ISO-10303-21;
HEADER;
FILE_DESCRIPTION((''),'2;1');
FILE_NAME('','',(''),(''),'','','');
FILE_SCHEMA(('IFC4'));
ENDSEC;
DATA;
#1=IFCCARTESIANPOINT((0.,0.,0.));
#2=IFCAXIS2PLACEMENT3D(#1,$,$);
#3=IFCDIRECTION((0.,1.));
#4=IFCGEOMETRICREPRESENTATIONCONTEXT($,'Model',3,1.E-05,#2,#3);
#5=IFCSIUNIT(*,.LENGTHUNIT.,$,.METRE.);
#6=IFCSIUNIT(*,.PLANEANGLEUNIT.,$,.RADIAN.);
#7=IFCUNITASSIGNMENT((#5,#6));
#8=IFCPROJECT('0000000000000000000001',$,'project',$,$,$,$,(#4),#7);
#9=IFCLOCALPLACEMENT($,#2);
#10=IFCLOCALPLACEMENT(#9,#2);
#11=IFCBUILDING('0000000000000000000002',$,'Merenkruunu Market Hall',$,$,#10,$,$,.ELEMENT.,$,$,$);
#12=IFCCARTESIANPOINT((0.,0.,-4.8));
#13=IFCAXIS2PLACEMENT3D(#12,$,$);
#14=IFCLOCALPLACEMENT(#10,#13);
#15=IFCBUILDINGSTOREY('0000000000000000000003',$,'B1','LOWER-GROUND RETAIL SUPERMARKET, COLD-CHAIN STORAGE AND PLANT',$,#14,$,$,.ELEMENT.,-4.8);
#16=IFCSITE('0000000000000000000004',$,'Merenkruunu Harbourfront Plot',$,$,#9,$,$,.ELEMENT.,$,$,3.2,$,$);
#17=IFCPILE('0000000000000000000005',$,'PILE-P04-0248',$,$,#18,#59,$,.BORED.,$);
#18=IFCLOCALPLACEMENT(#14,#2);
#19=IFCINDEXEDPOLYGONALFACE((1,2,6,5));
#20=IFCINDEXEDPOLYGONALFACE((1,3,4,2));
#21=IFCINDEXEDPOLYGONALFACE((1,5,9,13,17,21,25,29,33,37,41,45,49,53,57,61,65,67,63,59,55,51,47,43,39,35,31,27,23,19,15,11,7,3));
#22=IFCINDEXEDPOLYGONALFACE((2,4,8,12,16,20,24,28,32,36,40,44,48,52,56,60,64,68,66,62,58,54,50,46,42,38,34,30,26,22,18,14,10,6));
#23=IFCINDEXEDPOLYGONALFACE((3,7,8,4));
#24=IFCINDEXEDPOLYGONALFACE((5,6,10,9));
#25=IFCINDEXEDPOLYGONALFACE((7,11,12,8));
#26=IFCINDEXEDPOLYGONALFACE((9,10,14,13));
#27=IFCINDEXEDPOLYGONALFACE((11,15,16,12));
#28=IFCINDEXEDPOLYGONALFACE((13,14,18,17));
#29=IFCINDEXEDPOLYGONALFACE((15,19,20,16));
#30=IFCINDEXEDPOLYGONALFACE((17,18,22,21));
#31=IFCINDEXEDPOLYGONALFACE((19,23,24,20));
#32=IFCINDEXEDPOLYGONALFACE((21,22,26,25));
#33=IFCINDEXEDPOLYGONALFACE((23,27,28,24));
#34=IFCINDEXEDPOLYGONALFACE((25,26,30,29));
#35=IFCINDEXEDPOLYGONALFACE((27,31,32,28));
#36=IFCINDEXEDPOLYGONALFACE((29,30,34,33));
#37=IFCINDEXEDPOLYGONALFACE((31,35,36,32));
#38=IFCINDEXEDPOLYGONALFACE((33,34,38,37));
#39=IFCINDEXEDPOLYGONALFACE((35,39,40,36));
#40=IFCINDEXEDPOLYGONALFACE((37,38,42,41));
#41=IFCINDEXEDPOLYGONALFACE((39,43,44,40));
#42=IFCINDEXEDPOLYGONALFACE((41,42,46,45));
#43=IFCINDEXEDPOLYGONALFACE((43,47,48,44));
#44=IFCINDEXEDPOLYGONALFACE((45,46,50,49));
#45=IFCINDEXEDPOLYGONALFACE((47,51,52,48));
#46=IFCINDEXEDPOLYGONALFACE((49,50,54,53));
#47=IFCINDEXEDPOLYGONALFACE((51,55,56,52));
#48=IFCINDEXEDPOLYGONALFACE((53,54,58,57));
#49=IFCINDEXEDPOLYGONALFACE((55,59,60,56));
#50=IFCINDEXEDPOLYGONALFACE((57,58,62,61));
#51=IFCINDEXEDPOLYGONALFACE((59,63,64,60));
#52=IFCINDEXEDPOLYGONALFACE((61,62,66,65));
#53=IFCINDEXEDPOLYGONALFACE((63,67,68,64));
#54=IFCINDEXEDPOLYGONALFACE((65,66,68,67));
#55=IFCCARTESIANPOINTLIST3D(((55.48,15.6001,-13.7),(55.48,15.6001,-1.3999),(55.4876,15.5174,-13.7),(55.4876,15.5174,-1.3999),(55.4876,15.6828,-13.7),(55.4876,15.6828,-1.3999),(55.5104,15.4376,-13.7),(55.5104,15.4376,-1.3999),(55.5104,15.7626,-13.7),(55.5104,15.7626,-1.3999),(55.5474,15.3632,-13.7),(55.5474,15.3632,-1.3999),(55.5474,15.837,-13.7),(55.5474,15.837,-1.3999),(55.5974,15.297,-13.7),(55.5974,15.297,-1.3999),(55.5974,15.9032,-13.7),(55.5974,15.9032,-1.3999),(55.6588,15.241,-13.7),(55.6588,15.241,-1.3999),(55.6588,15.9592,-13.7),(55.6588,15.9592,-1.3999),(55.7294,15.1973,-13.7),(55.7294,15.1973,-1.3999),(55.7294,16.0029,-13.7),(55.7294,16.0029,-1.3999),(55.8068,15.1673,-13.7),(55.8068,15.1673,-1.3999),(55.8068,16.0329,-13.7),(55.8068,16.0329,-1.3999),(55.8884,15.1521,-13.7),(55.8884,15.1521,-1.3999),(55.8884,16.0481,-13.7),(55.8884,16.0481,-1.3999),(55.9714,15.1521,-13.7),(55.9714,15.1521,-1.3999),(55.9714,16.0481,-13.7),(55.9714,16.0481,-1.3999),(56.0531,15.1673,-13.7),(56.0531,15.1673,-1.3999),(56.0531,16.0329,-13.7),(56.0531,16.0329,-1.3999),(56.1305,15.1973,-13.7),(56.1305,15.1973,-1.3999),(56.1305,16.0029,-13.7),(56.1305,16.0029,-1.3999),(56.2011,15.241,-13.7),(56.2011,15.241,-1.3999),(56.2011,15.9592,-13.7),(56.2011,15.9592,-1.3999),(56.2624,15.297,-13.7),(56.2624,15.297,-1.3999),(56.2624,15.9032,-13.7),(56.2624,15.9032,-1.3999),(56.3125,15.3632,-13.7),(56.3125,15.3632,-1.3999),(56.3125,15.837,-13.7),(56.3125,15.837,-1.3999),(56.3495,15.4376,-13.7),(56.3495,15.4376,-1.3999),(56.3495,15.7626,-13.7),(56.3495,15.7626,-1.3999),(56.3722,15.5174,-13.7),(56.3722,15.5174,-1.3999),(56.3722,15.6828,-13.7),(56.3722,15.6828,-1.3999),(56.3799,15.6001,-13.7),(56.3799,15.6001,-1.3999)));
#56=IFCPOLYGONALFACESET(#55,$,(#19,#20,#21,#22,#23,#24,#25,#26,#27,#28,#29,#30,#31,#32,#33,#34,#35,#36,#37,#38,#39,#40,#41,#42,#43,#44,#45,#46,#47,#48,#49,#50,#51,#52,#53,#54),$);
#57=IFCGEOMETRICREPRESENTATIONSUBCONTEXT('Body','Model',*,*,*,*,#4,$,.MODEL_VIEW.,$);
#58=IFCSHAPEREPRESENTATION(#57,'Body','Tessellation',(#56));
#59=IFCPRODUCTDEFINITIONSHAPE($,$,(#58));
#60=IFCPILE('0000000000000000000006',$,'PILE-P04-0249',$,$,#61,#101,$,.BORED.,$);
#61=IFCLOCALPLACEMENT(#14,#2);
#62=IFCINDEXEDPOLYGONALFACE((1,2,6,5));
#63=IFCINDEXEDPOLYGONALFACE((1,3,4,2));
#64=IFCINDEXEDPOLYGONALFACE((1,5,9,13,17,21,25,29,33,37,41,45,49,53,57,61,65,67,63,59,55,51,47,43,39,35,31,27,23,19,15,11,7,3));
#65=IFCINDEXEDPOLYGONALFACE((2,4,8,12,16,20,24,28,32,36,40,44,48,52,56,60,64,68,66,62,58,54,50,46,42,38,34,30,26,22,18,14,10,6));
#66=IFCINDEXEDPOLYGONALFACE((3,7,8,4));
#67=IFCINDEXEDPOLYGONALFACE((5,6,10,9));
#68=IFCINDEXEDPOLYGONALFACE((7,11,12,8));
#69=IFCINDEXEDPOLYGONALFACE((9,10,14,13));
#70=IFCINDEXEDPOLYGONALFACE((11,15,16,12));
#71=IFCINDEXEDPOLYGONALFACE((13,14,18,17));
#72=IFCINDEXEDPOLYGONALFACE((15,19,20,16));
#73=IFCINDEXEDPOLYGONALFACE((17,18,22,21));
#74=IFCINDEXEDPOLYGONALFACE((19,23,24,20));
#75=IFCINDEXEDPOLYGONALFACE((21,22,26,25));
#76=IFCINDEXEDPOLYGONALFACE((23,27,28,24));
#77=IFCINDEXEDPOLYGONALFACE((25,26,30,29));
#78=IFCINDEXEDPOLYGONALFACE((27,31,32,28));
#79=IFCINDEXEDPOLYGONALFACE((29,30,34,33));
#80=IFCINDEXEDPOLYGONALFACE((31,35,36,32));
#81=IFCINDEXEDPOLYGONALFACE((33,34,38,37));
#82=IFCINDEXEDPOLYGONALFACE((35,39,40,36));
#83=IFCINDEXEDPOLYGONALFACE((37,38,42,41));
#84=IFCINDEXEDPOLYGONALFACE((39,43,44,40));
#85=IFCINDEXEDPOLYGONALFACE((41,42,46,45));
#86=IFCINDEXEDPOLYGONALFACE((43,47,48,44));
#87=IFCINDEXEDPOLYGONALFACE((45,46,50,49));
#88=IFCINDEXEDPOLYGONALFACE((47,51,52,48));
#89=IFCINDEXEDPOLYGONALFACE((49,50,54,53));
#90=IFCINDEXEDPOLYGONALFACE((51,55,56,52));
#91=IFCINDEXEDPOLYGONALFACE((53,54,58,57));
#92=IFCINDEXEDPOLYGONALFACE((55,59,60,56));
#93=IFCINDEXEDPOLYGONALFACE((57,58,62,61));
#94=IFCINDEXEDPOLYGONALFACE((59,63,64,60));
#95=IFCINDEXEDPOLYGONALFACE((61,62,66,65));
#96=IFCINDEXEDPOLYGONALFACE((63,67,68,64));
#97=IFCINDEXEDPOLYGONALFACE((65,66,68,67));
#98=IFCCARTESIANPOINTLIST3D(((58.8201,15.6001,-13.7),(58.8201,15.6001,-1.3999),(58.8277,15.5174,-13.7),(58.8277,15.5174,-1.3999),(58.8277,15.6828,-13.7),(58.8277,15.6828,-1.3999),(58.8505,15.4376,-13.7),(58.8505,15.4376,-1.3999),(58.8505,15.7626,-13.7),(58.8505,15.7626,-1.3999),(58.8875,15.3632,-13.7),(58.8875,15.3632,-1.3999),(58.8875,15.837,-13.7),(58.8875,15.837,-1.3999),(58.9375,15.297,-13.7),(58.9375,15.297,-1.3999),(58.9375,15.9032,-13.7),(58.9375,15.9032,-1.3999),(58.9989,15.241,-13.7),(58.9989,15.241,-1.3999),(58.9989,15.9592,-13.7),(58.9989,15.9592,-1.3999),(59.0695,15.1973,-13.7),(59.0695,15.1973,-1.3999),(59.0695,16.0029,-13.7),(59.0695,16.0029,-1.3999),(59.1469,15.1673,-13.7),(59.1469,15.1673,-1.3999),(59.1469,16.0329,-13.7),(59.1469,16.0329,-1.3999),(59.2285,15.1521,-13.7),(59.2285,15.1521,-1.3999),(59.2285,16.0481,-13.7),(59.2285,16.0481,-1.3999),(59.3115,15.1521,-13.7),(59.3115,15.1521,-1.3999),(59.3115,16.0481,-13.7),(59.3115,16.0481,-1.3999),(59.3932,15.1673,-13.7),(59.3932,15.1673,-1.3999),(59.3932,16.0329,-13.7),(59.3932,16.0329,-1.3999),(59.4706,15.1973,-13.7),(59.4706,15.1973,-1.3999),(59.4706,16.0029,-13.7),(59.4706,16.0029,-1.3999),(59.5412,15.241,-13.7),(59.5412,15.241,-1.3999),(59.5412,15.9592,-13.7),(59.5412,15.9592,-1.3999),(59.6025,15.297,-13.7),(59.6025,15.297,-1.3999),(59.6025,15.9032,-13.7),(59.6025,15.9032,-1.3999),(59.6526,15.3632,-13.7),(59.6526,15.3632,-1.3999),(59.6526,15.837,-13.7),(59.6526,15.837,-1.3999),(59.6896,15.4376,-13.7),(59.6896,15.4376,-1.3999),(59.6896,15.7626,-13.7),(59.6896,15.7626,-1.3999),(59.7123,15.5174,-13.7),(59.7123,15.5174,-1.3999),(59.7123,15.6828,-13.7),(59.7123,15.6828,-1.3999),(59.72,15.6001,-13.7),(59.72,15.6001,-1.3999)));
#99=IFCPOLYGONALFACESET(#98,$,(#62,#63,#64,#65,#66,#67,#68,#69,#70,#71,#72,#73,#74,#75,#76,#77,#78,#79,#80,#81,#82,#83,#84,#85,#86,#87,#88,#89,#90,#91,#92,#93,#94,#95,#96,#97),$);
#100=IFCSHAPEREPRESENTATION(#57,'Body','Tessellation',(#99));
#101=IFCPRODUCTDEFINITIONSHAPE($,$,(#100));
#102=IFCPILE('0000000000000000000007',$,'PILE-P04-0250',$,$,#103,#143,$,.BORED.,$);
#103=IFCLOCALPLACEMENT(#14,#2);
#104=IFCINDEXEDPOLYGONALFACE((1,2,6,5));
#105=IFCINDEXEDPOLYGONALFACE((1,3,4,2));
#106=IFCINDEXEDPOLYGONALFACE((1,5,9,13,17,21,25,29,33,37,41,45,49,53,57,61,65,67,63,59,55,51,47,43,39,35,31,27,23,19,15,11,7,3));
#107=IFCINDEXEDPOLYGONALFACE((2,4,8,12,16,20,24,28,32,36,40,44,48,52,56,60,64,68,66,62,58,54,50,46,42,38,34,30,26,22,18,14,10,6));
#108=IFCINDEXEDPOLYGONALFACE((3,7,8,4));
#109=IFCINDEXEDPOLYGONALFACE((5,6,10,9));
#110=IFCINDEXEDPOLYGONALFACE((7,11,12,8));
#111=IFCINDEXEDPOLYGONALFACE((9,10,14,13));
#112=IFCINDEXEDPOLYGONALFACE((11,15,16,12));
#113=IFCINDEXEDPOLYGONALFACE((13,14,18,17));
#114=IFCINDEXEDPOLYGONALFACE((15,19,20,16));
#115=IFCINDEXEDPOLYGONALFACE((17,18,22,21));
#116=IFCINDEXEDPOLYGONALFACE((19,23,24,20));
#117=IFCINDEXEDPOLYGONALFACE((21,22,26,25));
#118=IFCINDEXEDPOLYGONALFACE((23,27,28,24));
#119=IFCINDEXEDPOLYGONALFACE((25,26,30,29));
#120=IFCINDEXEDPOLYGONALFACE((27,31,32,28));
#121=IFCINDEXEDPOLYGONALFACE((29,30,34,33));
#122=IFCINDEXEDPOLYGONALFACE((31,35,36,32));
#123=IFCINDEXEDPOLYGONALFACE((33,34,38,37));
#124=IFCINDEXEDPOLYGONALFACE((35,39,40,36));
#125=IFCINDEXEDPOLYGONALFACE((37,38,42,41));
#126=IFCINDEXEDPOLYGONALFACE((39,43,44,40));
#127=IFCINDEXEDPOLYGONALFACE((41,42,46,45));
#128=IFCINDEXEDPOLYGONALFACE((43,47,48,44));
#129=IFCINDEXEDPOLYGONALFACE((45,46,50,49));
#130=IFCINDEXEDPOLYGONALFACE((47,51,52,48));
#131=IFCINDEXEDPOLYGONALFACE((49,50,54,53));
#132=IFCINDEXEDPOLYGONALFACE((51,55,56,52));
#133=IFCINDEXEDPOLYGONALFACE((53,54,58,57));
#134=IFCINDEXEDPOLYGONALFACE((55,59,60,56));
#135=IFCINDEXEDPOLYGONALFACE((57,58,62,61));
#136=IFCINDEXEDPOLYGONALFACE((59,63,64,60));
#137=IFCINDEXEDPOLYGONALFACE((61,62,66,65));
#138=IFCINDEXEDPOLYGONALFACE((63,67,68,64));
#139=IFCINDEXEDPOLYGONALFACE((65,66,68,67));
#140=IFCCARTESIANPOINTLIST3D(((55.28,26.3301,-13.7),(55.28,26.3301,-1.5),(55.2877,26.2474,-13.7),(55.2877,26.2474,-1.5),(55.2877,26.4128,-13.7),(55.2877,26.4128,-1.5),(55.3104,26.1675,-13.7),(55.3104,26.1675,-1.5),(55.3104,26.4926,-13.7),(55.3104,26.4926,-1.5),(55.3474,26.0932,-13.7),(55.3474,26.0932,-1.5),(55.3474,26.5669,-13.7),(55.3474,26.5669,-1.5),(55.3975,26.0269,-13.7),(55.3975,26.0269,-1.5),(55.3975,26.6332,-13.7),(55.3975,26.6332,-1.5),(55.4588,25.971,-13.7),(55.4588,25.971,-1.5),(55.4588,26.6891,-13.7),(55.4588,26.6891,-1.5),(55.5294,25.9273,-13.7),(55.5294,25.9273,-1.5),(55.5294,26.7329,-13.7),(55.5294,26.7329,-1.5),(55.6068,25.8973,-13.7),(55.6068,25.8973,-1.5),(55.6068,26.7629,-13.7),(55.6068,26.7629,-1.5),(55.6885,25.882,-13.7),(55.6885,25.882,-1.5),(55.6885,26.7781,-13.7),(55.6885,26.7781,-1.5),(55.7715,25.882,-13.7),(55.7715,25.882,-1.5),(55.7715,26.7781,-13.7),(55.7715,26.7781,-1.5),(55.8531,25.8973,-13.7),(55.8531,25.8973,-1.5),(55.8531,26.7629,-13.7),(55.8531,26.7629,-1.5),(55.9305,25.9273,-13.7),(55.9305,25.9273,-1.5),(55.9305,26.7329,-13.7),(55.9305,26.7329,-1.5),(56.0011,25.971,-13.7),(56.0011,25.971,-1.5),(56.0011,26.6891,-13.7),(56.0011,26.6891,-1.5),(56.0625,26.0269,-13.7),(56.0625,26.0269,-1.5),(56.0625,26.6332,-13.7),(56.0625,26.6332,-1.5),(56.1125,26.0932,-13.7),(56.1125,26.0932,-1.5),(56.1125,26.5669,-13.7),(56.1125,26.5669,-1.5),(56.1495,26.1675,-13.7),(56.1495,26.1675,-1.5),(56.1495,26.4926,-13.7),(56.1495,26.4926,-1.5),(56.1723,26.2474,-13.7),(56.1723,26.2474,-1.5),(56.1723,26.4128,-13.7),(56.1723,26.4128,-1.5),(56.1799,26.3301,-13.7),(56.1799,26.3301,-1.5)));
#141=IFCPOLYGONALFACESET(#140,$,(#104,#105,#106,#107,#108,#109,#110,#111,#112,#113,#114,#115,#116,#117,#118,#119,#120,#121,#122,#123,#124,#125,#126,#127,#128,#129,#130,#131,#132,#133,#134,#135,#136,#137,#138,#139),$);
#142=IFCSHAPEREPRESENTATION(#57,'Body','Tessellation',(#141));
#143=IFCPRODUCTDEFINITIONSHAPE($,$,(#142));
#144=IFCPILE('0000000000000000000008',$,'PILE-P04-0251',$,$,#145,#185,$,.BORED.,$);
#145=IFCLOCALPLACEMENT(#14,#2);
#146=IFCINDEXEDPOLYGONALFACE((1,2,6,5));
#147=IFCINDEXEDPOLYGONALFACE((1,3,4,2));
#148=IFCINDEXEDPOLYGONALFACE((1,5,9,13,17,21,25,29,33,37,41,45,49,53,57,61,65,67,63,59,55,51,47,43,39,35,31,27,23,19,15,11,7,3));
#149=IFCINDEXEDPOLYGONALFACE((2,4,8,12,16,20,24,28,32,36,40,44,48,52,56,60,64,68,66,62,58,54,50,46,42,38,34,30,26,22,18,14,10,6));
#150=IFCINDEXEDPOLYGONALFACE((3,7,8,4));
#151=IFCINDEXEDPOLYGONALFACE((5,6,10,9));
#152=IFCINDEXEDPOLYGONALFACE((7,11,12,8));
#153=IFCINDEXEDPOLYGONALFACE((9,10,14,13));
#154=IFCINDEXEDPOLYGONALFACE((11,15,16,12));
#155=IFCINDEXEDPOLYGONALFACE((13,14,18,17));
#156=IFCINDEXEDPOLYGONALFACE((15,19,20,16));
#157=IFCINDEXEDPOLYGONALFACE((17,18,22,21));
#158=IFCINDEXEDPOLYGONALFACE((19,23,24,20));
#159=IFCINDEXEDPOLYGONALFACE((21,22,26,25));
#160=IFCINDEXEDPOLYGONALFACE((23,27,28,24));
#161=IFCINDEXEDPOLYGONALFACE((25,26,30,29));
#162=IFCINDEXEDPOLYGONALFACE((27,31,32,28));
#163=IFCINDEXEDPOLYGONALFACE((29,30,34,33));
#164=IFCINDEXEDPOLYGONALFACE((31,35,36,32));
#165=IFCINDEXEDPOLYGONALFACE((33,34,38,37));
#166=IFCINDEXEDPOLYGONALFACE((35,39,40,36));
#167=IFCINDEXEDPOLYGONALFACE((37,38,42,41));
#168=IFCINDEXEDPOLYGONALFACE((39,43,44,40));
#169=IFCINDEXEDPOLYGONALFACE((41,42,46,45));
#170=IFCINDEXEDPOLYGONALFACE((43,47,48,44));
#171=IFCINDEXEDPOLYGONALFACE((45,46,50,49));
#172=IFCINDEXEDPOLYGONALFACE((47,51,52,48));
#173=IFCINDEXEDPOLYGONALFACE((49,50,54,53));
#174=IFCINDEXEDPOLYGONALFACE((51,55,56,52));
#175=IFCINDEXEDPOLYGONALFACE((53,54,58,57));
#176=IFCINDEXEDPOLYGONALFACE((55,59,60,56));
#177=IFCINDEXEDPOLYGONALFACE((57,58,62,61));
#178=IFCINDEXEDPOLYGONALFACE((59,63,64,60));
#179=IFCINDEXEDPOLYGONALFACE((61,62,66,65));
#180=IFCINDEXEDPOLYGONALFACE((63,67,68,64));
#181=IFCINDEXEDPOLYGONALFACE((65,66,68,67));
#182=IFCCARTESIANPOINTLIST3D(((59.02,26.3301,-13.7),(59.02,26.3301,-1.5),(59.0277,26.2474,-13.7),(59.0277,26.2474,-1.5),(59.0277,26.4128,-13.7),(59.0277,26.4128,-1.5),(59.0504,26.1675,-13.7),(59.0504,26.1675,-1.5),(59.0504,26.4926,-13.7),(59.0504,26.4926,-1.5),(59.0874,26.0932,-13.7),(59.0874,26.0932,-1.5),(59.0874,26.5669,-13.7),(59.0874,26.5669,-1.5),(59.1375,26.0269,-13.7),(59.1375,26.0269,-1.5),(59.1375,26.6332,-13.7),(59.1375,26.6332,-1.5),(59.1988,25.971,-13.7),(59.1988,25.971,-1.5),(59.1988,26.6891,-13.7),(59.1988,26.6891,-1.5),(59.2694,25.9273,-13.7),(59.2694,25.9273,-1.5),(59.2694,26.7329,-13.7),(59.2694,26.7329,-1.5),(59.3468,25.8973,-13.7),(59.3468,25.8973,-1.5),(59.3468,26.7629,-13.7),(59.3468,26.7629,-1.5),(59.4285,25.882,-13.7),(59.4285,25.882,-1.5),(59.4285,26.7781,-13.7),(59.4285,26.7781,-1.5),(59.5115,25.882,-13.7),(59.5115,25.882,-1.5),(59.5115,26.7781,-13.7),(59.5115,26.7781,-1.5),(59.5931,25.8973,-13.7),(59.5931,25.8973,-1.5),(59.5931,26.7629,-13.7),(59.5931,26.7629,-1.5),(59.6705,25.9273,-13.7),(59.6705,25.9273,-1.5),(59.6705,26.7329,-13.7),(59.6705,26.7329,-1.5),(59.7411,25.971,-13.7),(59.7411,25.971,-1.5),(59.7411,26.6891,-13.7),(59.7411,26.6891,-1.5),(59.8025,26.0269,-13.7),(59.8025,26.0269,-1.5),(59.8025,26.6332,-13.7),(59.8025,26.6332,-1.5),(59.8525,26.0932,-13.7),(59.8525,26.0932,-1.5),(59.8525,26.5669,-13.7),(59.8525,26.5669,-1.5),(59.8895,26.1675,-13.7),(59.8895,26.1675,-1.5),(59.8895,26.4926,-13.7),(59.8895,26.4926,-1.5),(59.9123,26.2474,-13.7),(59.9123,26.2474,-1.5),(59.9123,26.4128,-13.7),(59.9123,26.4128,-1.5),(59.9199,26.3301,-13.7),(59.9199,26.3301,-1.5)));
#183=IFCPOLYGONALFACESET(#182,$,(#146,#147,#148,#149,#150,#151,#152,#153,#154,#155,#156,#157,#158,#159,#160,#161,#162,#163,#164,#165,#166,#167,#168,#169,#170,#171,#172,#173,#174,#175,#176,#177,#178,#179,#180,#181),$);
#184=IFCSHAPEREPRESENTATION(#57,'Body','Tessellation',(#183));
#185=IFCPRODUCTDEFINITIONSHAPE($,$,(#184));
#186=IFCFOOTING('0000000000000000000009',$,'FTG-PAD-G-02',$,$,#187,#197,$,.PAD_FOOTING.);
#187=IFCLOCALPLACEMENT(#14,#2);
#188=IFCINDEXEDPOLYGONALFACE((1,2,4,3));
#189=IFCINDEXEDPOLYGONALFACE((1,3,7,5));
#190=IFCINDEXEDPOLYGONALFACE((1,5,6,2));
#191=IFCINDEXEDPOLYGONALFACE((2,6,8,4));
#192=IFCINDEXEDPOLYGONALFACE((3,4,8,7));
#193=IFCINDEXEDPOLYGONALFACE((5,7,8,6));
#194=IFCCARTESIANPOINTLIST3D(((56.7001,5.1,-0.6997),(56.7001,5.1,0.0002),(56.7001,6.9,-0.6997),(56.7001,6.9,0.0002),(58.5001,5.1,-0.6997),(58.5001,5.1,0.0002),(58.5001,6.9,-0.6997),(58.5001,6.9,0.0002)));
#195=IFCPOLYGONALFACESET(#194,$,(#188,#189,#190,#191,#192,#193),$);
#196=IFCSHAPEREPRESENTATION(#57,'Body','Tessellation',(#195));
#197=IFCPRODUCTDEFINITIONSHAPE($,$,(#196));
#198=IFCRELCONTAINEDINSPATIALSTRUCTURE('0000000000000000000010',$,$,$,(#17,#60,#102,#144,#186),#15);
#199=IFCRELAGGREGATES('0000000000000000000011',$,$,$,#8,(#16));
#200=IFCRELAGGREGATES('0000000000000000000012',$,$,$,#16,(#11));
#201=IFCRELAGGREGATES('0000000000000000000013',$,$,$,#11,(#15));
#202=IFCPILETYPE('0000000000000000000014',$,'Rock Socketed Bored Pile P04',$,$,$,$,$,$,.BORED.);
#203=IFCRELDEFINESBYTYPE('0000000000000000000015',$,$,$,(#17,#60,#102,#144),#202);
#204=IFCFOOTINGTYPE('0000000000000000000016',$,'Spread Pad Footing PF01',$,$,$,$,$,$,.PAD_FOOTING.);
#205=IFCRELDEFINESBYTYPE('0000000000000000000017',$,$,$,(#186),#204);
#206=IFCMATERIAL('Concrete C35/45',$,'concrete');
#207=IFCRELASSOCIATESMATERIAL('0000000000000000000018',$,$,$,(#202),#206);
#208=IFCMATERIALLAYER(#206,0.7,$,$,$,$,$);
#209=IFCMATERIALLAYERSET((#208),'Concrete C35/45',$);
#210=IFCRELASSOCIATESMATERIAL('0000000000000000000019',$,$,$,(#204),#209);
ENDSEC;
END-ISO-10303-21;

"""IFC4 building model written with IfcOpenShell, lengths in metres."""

from ifc_helpers import new_model, si_unit, direction, frame, origin, origin_2d, place, context, subcontext, project, spatial, rectangle, circle, extrude, material, layer, layer_set, material_profile, profile_set, type_object, element, save


model = new_model("IFC4")

# Units and contexts
model_context = context("Model", 3, precision=1e-05, world=origin(), true_north=direction((0.0, 1.0)))
body_context = subcontext(model_context, "Body", "Model", "MODEL_VIEW")
ifc_project = project(units=[si_unit("LENGTHUNIT", "METRE"), si_unit("PLANEANGLEUNIT", "RADIAN")], contexts=[model_context])

# Site, building, storey
site_placement = place(None, origin())
site = spatial("IfcSite", under=ifc_project, at=site_placement, Name="Merenkruunu Harbourfront Plot", CompositionType="ELEMENT", RefElevation=3.2)
building_placement = place(site_placement, origin())
building = spatial("IfcBuilding", under=site, at=building_placement, Name="Merenkruunu Market Hall", CompositionType="ELEMENT")
storey_placement = place(building_placement, frame((0.0, 0.0, -4.8)))
storey = spatial("IfcBuildingStorey", under=building, at=storey_placement, Name="B1", Description="LOWER-GROUND RETAIL SUPERMARKET, COLD-CHAIN STORAGE AND PLANT", CompositionType="ELEMENT", Elevation=-4.8)

# Shared definitions
ifc_material_1 = material(Name="Concrete C35/45", Category="concrete")

# Piles
ifc_material_profile_1 = material_profile(ifc_material_1, circle(Radius=0.45, at=origin_2d()), Name="BORED PILE 900")
ifc_profile_set_1 = profile_set([ifc_material_profile_1], Name="Concrete C35/45")
pile_type_1 = type_object("IfcPileType", Name="Rock Socketed Bored Pile P04", PredefinedType="BORED", material=ifc_profile_set_1)
for number, where, z_axis, x_axis, name in (
    (1, (55.9299, 15.6001, -1.3999), (0.0, 0.0, -1.0), (1.0, 0.0, 0.0), "PILE-P04-0248"),
    (2, (59.27, 15.6001, -1.3999), (0.0, 0.0, -1.0), (1.0, 0.0, 0.0), "PILE-P04-0249"),
):
    element("IfcPile", number, at=place(storey_placement, frame(where, z_axis=z_axis, x_axis=x_axis)), inside=storey, type_object=pile_type_1, Name=name, PredefinedType="BORED", context=body_context, shape_type="SweptSolid", body=[
        extrude(circle(Radius=0.45, at=origin_2d()), origin(), (0.0, 0.0, 1.0), 12.3),
    ])
for number, where, z_axis, x_axis, name in (
    (3, (55.73, 26.3301, -1.5), (0.0, 0.0, -1.0), (1.0, 0.0, 0.0), "PILE-P04-0250"),
    (4, (59.47, 26.3301, -1.5), (0.0, 0.0, -1.0), (1.0, 0.0, 0.0), "PILE-P04-0251"),
):
    element("IfcPile", number, at=place(storey_placement, frame(where, z_axis=z_axis, x_axis=x_axis)), inside=storey, type_object=pile_type_1, Name=name, PredefinedType="BORED", context=body_context, shape_type="SweptSolid", body=[
        extrude(circle(Radius=0.45, at=origin_2d()), origin(), (0.0, 0.0, 1.0), 12.2),
    ])

# Footing
ifc_layer_1 = layer(ifc_material_1, 0.7)
ifc_layer_set_1 = layer_set([ifc_layer_1], Name="Concrete C35/45")
footing_type_1 = type_object("IfcFootingType", Name="Spread Pad Footing PF01", PredefinedType="PAD_FOOTING", material=ifc_layer_set_1)
footing_1_placement = place(storey_placement, frame((57.6001, 6.0, -0.6997), z_axis=(0.0, 0.0, 1.0), x_axis=(1.0, 0.0, 0.0)))
element("IfcFooting", 5, at=footing_1_placement, inside=storey, type_object=footing_type_1, Name="FTG-PAD-G-02", PredefinedType="PAD_FOOTING", context=body_context, shape_type="SweptSolid", body=[
    extrude(rectangle(XDim=1.8, YDim=1.8, at=origin_2d()), origin(), (0.0, 0.0, 1.0), 0.7),
])

save(model, "model.ifc")
